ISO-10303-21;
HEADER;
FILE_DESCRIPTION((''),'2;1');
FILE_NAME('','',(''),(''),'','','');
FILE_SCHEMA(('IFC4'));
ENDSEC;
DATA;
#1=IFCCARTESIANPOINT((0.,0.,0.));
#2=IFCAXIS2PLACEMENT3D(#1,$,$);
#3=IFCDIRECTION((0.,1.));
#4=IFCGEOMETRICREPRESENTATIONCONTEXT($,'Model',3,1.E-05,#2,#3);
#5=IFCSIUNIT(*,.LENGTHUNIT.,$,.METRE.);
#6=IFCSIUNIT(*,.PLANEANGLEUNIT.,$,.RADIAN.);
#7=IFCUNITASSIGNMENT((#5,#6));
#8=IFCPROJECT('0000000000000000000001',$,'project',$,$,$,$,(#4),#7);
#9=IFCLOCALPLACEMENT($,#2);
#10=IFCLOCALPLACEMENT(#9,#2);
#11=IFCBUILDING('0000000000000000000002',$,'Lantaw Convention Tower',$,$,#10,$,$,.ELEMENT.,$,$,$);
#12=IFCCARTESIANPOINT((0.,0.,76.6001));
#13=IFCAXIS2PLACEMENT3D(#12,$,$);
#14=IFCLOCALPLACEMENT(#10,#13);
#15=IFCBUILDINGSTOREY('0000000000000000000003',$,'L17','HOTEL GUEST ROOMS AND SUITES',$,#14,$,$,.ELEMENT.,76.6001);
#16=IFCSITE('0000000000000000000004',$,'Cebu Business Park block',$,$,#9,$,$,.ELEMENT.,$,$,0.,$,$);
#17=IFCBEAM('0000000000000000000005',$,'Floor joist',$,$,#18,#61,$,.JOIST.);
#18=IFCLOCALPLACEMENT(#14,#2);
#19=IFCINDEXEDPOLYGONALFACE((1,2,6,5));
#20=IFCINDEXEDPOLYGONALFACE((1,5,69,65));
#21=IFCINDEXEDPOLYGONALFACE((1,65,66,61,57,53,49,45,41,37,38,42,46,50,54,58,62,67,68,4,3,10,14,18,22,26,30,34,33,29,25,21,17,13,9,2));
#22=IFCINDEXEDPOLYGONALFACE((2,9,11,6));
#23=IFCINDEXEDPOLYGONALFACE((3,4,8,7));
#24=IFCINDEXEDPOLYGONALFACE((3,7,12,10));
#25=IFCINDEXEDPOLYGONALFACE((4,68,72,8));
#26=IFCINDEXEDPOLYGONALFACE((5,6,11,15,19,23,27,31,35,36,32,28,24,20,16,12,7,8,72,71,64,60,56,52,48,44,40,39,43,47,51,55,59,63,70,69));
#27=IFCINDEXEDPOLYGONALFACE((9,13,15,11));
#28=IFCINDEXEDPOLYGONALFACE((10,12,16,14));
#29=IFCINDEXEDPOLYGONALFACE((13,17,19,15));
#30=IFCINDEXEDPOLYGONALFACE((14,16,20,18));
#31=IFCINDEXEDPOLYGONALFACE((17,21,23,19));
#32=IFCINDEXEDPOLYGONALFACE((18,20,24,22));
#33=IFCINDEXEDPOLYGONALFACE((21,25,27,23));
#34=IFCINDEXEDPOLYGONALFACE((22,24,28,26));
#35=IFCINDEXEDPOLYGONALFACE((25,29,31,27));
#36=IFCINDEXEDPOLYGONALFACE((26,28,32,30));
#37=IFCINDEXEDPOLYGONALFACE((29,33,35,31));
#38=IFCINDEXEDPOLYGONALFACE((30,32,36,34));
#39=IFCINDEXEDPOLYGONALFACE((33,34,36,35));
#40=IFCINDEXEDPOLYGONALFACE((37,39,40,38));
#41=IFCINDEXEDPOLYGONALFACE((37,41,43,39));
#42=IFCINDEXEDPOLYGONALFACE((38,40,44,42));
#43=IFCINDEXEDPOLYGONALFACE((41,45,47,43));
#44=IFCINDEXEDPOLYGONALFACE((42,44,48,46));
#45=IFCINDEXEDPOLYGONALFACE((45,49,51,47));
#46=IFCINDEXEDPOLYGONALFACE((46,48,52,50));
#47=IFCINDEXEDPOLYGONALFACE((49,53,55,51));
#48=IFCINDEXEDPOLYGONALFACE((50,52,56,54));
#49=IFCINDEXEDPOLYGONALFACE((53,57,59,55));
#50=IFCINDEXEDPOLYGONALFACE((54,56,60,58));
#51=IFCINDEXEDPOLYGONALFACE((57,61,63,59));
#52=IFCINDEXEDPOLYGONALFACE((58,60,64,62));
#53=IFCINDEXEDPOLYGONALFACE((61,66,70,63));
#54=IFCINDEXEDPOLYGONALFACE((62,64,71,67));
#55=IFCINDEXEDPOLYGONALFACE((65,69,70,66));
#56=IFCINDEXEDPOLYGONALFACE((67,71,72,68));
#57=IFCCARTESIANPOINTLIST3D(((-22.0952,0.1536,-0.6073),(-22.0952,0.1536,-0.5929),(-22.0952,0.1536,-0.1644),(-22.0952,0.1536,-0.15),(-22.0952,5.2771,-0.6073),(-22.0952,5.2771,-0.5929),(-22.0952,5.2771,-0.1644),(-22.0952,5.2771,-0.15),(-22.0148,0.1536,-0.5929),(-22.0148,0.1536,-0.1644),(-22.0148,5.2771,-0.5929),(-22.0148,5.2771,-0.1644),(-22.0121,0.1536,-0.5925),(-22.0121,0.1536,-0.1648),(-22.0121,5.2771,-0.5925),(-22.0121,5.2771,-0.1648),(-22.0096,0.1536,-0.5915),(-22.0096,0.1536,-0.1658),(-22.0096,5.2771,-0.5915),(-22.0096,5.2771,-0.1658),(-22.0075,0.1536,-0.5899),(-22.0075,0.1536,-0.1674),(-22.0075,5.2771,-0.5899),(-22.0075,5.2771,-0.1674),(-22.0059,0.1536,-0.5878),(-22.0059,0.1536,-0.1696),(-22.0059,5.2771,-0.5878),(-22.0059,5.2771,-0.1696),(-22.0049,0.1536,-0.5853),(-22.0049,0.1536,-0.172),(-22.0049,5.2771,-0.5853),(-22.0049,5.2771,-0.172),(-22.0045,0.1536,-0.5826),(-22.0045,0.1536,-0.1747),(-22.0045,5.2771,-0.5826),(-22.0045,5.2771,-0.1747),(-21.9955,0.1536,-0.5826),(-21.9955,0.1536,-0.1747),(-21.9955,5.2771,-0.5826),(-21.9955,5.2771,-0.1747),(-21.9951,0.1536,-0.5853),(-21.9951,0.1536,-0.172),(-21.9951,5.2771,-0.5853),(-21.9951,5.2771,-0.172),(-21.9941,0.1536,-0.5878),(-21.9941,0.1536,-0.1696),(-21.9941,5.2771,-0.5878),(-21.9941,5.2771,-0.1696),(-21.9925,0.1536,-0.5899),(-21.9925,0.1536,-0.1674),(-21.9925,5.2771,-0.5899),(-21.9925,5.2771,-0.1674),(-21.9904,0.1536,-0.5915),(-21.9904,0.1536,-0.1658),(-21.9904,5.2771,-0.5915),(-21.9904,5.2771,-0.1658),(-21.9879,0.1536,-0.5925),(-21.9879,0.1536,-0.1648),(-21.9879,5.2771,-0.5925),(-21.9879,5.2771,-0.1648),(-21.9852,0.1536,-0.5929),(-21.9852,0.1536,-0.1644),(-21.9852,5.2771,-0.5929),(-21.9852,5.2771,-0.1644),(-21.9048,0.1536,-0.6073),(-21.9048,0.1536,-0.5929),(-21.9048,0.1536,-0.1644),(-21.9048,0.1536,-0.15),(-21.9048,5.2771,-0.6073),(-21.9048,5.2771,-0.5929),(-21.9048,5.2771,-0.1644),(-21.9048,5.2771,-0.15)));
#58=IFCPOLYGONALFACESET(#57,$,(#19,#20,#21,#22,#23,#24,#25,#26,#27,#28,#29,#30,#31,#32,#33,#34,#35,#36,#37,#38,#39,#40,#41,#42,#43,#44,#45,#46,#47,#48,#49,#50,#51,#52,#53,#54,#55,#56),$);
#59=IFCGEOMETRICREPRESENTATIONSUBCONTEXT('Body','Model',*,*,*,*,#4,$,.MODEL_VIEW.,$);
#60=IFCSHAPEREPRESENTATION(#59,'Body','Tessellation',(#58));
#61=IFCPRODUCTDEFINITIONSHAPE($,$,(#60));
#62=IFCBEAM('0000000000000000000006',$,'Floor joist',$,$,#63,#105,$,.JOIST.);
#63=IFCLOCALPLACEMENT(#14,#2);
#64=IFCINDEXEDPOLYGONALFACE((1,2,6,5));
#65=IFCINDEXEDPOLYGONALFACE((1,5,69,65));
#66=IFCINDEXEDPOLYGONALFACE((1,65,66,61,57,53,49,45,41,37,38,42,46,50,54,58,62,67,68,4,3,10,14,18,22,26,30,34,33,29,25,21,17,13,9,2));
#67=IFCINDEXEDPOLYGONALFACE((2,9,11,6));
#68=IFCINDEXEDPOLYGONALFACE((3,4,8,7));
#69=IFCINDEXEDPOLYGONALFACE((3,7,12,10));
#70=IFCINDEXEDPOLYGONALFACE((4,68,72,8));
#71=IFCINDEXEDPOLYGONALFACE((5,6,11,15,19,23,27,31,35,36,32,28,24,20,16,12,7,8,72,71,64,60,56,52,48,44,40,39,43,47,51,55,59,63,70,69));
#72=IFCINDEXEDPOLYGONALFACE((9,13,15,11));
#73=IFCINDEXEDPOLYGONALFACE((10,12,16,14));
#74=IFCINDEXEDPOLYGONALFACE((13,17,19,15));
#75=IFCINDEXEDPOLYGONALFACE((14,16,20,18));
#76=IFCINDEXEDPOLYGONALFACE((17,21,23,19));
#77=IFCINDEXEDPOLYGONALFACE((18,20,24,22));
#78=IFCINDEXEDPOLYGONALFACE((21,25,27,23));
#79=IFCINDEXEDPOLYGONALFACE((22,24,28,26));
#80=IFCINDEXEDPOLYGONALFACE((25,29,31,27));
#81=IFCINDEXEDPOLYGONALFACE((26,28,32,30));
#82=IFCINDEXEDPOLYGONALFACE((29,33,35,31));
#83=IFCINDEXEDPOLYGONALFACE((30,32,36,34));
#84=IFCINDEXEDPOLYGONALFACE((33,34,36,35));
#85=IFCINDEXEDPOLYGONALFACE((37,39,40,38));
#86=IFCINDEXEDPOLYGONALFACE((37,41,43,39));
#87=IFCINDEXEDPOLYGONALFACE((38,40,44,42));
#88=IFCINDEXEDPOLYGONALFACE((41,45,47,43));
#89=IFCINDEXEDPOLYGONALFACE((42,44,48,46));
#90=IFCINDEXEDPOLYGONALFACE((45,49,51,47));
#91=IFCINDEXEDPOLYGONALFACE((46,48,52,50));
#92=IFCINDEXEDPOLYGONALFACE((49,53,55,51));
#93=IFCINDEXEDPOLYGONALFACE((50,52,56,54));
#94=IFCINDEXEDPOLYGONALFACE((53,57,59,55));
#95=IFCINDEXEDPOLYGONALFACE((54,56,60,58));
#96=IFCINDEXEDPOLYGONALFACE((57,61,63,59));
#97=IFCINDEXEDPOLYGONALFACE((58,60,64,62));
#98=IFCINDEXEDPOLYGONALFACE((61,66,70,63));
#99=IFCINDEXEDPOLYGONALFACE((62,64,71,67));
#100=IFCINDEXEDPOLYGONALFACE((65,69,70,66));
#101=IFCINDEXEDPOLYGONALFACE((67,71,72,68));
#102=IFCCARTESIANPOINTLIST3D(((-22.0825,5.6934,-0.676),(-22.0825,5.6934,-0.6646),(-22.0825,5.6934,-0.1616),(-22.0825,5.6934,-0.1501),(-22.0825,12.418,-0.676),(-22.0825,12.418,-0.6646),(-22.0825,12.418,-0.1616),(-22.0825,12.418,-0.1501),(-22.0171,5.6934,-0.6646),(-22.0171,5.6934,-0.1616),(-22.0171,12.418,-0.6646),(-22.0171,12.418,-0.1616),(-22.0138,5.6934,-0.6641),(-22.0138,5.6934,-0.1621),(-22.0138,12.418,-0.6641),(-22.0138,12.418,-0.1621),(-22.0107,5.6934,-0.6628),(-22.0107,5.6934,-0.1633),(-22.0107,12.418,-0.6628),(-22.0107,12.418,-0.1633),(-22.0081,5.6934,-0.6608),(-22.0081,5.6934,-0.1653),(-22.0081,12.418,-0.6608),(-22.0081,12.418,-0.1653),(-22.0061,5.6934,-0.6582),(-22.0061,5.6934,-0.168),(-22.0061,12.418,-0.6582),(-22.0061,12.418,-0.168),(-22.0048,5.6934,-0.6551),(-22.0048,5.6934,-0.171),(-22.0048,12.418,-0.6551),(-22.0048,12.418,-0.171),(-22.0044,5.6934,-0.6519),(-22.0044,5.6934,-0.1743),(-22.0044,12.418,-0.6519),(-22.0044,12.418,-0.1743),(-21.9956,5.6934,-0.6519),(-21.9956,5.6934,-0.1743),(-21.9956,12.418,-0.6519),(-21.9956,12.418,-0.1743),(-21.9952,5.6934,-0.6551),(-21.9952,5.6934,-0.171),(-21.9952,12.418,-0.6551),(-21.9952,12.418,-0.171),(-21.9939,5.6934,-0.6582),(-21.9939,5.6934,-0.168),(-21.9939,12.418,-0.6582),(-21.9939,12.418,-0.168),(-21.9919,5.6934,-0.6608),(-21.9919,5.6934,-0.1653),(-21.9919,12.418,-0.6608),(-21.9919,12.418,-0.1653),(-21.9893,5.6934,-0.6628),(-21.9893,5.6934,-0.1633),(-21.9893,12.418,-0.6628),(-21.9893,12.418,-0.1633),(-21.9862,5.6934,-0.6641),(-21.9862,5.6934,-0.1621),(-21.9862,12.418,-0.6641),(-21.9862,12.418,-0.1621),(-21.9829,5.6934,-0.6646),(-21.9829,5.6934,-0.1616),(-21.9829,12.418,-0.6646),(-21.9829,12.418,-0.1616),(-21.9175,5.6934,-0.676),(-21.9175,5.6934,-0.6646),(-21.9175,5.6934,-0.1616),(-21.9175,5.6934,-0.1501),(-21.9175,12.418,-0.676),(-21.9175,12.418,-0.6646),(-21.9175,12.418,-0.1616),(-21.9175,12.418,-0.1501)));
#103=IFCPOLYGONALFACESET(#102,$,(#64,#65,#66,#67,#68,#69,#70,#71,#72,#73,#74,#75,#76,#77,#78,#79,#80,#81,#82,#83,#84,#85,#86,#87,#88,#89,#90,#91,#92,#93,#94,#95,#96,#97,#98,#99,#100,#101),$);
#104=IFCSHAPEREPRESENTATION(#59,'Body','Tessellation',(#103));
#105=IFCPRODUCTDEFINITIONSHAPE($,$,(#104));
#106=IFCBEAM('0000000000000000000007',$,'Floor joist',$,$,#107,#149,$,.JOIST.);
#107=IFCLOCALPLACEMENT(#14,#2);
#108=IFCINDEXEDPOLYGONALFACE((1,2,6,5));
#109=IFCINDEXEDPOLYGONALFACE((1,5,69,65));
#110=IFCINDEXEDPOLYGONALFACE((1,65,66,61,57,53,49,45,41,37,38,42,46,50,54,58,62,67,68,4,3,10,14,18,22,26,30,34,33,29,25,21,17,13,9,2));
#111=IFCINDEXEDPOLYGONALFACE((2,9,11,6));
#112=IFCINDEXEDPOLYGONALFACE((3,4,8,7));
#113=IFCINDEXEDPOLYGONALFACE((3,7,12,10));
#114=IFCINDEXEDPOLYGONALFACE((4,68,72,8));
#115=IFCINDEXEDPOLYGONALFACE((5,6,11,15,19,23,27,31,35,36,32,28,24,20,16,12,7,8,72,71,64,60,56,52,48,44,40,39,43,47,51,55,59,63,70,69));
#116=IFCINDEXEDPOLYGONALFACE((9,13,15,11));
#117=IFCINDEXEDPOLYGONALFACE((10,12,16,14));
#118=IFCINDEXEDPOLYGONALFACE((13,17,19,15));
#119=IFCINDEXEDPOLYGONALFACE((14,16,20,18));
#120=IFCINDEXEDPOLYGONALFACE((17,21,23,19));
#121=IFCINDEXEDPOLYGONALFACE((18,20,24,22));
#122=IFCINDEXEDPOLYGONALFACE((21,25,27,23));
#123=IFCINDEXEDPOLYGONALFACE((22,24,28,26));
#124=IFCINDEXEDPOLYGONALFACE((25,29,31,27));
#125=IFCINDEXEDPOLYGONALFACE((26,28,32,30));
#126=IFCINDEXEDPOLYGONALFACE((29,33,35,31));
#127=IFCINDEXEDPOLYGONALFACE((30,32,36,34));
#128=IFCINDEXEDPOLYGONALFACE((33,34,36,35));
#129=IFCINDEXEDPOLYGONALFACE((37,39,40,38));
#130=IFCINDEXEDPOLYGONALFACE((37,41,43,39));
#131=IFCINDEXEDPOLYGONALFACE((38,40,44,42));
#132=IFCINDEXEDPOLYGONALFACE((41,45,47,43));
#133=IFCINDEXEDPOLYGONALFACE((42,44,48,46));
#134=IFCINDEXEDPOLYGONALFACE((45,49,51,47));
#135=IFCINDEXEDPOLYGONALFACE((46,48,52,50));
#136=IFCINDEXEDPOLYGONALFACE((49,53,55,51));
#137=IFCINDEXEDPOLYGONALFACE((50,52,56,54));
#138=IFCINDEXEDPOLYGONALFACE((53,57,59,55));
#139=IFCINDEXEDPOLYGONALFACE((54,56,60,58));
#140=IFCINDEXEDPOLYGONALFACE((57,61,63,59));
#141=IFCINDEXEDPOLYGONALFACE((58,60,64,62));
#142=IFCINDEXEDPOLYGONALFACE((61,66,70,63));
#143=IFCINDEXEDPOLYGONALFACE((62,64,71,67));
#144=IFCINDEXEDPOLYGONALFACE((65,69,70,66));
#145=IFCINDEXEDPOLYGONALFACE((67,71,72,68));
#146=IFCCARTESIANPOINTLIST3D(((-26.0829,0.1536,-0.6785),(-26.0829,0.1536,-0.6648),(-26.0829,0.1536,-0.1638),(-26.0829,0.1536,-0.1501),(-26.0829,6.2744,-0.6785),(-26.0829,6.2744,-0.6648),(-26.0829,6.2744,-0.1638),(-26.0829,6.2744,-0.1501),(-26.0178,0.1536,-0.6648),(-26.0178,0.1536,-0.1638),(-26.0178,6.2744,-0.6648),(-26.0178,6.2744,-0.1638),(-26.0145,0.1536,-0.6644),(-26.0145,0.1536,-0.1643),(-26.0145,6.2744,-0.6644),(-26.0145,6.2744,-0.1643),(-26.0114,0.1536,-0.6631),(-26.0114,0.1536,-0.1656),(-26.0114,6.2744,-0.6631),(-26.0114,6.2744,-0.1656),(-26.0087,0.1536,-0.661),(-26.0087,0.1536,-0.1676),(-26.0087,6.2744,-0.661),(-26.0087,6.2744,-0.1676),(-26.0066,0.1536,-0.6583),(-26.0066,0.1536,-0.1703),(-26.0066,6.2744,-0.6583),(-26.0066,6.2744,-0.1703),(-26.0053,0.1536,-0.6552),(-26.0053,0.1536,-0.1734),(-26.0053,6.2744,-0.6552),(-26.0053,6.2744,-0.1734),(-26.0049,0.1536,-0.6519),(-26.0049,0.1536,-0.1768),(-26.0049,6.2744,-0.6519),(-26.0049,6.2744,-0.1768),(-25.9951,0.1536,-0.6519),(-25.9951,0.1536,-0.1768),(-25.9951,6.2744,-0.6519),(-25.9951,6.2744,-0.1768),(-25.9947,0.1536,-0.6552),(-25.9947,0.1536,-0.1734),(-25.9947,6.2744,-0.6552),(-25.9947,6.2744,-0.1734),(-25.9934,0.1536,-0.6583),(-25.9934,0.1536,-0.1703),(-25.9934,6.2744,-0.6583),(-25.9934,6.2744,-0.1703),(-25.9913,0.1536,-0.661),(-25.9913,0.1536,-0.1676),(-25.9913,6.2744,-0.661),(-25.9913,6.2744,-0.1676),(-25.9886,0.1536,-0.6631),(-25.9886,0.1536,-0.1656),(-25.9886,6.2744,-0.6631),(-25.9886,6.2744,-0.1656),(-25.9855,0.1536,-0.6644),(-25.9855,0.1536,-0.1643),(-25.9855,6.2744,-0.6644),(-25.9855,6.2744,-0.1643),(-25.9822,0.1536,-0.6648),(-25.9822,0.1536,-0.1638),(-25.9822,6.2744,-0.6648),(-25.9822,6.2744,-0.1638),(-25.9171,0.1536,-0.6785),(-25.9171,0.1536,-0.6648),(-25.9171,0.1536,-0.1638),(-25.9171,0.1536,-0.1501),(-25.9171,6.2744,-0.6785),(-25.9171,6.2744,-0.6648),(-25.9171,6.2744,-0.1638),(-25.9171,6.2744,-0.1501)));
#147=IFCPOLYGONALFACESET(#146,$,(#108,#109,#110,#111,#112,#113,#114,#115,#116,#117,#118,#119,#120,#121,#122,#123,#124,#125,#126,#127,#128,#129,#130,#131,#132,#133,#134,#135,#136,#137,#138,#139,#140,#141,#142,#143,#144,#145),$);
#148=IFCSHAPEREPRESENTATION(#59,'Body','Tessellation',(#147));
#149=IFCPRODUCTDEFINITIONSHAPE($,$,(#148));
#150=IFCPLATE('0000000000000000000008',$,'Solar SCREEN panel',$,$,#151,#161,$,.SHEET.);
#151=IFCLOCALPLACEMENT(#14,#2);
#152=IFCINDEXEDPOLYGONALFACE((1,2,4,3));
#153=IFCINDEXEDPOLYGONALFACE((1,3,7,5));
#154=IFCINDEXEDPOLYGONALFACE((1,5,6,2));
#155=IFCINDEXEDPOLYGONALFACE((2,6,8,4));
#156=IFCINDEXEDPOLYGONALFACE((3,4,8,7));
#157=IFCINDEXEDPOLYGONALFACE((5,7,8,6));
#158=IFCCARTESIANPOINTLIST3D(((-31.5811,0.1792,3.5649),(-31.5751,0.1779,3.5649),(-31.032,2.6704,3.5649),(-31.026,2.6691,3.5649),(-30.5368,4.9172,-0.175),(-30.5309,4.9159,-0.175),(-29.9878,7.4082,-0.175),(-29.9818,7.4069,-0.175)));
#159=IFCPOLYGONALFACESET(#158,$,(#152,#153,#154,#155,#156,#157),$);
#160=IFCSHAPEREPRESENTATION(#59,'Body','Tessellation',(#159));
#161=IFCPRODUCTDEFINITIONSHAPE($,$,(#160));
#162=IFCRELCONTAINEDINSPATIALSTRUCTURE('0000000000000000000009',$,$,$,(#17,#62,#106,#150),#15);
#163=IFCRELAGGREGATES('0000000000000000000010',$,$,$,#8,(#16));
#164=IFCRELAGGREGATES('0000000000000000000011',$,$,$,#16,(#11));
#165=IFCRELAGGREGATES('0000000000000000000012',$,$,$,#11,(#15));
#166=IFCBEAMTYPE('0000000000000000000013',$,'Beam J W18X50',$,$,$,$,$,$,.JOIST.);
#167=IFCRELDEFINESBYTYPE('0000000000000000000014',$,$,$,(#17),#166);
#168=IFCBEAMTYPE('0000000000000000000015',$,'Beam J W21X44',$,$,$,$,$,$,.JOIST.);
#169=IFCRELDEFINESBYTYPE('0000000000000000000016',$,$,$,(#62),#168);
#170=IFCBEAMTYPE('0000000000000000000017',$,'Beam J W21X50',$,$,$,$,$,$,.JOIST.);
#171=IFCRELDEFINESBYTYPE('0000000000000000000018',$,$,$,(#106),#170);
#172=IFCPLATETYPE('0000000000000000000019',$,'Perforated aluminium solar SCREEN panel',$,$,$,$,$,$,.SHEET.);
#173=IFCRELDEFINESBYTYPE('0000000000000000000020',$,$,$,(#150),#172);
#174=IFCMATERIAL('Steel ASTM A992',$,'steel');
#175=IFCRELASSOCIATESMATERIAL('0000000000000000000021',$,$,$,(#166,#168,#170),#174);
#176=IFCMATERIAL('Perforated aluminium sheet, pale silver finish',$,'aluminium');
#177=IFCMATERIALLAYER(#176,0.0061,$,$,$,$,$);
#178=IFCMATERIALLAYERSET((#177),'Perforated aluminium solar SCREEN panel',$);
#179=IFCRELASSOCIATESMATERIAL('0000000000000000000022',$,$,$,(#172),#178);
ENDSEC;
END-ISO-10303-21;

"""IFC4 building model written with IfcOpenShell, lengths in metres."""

from ifc_helpers import new_model, si_unit, direction, frame, origin, origin_2d, place, context, subcontext, project, spatial, polyline, i_section, outline, extrude, material, layer, layer_set, material_profile, profile_set, type_object, element, save


model = new_model("IFC4")

# Units and contexts
model_context = context("Model", 3, precision=1e-05, world=origin(), true_north=direction((0.0, 1.0)))
body_context = subcontext(model_context, "Body", "Model", "MODEL_VIEW")
ifc_project = project(units=[si_unit("LENGTHUNIT", "METRE"), si_unit("PLANEANGLEUNIT", "RADIAN")], contexts=[model_context])

# Site, building, storey
site_placement = place(None, origin())
site = spatial("IfcSite", under=ifc_project, at=site_placement, Name="Cebu Business Park block", CompositionType="ELEMENT", RefElevation=0.0)
building_placement = place(site_placement, origin())
building = spatial("IfcBuilding", under=site, at=building_placement, Name="Lantaw Convention Tower", CompositionType="ELEMENT")
storey_placement = place(building_placement, frame((0.0, 0.0, 76.6001)))
storey = spatial("IfcBuildingStorey", under=building, at=storey_placement, Name="L17", Description="HOTEL GUEST ROOMS AND SUITES", CompositionType="ELEMENT", Elevation=76.6001)

# Beams
ifc_material_1 = material(Name="Steel ASTM A992", Category="steel")
ifc_material_profile_1 = material_profile(ifc_material_1, i_section(OverallWidth=0.1904, OverallDepth=0.4573, WebThickness=0.009, FlangeThickness=0.0144, FilletRadius=0.0103, at=origin_2d()), Name="W18X50")
ifc_profile_set_1 = profile_set([ifc_material_profile_1], Name="Steel ASTM A992")
beam_type_1 = type_object("IfcBeamType", Name="Beam J W18X50", PredefinedType="JOIST", material=ifc_profile_set_1)
beam_1_placement = place(storey_placement, frame((-22.0, 0.1536, -0.3787), z_axis=(0.0, 1.0, 0.0), x_axis=(-1.0, 0.0, 0.0)))
element("IfcBeam", 1, at=beam_1_placement, inside=storey, type_object=beam_type_1, Name="Floor joist", PredefinedType="JOIST", context=body_context, shape_type="SweptSolid", body=[
    extrude(i_section(OverallWidth=0.1904, OverallDepth=0.4573, WebThickness=0.009, FlangeThickness=0.0144, FilletRadius=0.0103, at=origin_2d()), origin(), (0.0, 0.0, 1.0), 5.1235),
])
ifc_material_profile_2 = material_profile(ifc_material_1, i_section(OverallWidth=0.165, OverallDepth=0.5259, WebThickness=0.0088, FlangeThickness=0.0115, FilletRadius=0.0127, at=origin_2d()), Name="W21X44")
ifc_profile_set_2 = profile_set([ifc_material_profile_2], Name="Steel ASTM A992")
beam_type_2 = type_object("IfcBeamType", Name="Beam J W21X44", PredefinedType="JOIST", material=ifc_profile_set_2)
beam_2_placement = place(storey_placement, frame((-22.0, 5.6934, -0.4131), z_axis=(0.0, 1.0, 0.0), x_axis=(-1.0, 0.0, 0.0)))
element("IfcBeam", 2, at=beam_2_placement, inside=storey, type_object=beam_type_2, Name="Floor joist", PredefinedType="JOIST", context=body_context, shape_type="SweptSolid", body=[
    extrude(i_section(OverallWidth=0.165, OverallDepth=0.5259, WebThickness=0.0088, FlangeThickness=0.0115, FilletRadius=0.0127, at=origin_2d()), origin(), (0.0, 0.0, 1.0), 6.7246),
])
ifc_material_profile_3 = material_profile(ifc_material_1, i_section(OverallWidth=0.1658, OverallDepth=0.5283, WebThickness=0.0098, FlangeThickness=0.0137, FilletRadius=0.0129, at=origin_2d()), Name="W21X50")
ifc_profile_set_3 = profile_set([ifc_material_profile_3], Name="Steel ASTM A992")
beam_type_3 = type_object("IfcBeamType", Name="Beam J W21X50", PredefinedType="JOIST", material=ifc_profile_set_3)
beam_3_placement = place(storey_placement, frame((-26.0, 0.1536, -0.4143), z_axis=(0.0, 1.0, 0.0), x_axis=(-1.0, 0.0, 0.0)))
element("IfcBeam", 3, at=beam_3_placement, inside=storey, type_object=beam_type_3, Name="Floor joist", PredefinedType="JOIST", context=body_context, shape_type="SweptSolid", body=[
    extrude(i_section(OverallWidth=0.1658, OverallDepth=0.5283, WebThickness=0.0098, FlangeThickness=0.0137, FilletRadius=0.0129, at=origin_2d()), origin(), (0.0, 0.0, 1.0), 6.1208),
])

# Plate
ifc_material_2 = material(Name="Perforated aluminium sheet, pale silver finish", Category="aluminium")
ifc_layer_1 = layer(ifc_material_2, 0.0061)
ifc_layer_set_1 = layer_set([ifc_layer_1], Name="Perforated aluminium solar SCREEN panel")
plate_type = type_object("IfcPlateType", Name="Perforated aluminium solar SCREEN panel", PredefinedType="SHEET", material=ifc_layer_set_1)
plate_placement = place(storey_placement, frame((-29.9878, 7.4082, -0.175), z_axis=(-0.976559, 0.215248, 0.00003), x_axis=(-0.215248, -0.976559, 0.0)))
element("IfcPlate", 4, at=plate_placement, inside=storey, type_object=plate_type, Name="Solar SCREEN panel", PredefinedType="SHEET", context=body_context, shape_type="SweptSolid", body=[
    extrude(outline(polyline([(0.0, 0.0), (2.5508, 0.0), (7.4025, 3.74), (4.8515, 3.74), (0.0, 0.0)])), origin(), (0.0, 0.0, -1.0), 0.0061),
])

save(model, "model.ifc")
